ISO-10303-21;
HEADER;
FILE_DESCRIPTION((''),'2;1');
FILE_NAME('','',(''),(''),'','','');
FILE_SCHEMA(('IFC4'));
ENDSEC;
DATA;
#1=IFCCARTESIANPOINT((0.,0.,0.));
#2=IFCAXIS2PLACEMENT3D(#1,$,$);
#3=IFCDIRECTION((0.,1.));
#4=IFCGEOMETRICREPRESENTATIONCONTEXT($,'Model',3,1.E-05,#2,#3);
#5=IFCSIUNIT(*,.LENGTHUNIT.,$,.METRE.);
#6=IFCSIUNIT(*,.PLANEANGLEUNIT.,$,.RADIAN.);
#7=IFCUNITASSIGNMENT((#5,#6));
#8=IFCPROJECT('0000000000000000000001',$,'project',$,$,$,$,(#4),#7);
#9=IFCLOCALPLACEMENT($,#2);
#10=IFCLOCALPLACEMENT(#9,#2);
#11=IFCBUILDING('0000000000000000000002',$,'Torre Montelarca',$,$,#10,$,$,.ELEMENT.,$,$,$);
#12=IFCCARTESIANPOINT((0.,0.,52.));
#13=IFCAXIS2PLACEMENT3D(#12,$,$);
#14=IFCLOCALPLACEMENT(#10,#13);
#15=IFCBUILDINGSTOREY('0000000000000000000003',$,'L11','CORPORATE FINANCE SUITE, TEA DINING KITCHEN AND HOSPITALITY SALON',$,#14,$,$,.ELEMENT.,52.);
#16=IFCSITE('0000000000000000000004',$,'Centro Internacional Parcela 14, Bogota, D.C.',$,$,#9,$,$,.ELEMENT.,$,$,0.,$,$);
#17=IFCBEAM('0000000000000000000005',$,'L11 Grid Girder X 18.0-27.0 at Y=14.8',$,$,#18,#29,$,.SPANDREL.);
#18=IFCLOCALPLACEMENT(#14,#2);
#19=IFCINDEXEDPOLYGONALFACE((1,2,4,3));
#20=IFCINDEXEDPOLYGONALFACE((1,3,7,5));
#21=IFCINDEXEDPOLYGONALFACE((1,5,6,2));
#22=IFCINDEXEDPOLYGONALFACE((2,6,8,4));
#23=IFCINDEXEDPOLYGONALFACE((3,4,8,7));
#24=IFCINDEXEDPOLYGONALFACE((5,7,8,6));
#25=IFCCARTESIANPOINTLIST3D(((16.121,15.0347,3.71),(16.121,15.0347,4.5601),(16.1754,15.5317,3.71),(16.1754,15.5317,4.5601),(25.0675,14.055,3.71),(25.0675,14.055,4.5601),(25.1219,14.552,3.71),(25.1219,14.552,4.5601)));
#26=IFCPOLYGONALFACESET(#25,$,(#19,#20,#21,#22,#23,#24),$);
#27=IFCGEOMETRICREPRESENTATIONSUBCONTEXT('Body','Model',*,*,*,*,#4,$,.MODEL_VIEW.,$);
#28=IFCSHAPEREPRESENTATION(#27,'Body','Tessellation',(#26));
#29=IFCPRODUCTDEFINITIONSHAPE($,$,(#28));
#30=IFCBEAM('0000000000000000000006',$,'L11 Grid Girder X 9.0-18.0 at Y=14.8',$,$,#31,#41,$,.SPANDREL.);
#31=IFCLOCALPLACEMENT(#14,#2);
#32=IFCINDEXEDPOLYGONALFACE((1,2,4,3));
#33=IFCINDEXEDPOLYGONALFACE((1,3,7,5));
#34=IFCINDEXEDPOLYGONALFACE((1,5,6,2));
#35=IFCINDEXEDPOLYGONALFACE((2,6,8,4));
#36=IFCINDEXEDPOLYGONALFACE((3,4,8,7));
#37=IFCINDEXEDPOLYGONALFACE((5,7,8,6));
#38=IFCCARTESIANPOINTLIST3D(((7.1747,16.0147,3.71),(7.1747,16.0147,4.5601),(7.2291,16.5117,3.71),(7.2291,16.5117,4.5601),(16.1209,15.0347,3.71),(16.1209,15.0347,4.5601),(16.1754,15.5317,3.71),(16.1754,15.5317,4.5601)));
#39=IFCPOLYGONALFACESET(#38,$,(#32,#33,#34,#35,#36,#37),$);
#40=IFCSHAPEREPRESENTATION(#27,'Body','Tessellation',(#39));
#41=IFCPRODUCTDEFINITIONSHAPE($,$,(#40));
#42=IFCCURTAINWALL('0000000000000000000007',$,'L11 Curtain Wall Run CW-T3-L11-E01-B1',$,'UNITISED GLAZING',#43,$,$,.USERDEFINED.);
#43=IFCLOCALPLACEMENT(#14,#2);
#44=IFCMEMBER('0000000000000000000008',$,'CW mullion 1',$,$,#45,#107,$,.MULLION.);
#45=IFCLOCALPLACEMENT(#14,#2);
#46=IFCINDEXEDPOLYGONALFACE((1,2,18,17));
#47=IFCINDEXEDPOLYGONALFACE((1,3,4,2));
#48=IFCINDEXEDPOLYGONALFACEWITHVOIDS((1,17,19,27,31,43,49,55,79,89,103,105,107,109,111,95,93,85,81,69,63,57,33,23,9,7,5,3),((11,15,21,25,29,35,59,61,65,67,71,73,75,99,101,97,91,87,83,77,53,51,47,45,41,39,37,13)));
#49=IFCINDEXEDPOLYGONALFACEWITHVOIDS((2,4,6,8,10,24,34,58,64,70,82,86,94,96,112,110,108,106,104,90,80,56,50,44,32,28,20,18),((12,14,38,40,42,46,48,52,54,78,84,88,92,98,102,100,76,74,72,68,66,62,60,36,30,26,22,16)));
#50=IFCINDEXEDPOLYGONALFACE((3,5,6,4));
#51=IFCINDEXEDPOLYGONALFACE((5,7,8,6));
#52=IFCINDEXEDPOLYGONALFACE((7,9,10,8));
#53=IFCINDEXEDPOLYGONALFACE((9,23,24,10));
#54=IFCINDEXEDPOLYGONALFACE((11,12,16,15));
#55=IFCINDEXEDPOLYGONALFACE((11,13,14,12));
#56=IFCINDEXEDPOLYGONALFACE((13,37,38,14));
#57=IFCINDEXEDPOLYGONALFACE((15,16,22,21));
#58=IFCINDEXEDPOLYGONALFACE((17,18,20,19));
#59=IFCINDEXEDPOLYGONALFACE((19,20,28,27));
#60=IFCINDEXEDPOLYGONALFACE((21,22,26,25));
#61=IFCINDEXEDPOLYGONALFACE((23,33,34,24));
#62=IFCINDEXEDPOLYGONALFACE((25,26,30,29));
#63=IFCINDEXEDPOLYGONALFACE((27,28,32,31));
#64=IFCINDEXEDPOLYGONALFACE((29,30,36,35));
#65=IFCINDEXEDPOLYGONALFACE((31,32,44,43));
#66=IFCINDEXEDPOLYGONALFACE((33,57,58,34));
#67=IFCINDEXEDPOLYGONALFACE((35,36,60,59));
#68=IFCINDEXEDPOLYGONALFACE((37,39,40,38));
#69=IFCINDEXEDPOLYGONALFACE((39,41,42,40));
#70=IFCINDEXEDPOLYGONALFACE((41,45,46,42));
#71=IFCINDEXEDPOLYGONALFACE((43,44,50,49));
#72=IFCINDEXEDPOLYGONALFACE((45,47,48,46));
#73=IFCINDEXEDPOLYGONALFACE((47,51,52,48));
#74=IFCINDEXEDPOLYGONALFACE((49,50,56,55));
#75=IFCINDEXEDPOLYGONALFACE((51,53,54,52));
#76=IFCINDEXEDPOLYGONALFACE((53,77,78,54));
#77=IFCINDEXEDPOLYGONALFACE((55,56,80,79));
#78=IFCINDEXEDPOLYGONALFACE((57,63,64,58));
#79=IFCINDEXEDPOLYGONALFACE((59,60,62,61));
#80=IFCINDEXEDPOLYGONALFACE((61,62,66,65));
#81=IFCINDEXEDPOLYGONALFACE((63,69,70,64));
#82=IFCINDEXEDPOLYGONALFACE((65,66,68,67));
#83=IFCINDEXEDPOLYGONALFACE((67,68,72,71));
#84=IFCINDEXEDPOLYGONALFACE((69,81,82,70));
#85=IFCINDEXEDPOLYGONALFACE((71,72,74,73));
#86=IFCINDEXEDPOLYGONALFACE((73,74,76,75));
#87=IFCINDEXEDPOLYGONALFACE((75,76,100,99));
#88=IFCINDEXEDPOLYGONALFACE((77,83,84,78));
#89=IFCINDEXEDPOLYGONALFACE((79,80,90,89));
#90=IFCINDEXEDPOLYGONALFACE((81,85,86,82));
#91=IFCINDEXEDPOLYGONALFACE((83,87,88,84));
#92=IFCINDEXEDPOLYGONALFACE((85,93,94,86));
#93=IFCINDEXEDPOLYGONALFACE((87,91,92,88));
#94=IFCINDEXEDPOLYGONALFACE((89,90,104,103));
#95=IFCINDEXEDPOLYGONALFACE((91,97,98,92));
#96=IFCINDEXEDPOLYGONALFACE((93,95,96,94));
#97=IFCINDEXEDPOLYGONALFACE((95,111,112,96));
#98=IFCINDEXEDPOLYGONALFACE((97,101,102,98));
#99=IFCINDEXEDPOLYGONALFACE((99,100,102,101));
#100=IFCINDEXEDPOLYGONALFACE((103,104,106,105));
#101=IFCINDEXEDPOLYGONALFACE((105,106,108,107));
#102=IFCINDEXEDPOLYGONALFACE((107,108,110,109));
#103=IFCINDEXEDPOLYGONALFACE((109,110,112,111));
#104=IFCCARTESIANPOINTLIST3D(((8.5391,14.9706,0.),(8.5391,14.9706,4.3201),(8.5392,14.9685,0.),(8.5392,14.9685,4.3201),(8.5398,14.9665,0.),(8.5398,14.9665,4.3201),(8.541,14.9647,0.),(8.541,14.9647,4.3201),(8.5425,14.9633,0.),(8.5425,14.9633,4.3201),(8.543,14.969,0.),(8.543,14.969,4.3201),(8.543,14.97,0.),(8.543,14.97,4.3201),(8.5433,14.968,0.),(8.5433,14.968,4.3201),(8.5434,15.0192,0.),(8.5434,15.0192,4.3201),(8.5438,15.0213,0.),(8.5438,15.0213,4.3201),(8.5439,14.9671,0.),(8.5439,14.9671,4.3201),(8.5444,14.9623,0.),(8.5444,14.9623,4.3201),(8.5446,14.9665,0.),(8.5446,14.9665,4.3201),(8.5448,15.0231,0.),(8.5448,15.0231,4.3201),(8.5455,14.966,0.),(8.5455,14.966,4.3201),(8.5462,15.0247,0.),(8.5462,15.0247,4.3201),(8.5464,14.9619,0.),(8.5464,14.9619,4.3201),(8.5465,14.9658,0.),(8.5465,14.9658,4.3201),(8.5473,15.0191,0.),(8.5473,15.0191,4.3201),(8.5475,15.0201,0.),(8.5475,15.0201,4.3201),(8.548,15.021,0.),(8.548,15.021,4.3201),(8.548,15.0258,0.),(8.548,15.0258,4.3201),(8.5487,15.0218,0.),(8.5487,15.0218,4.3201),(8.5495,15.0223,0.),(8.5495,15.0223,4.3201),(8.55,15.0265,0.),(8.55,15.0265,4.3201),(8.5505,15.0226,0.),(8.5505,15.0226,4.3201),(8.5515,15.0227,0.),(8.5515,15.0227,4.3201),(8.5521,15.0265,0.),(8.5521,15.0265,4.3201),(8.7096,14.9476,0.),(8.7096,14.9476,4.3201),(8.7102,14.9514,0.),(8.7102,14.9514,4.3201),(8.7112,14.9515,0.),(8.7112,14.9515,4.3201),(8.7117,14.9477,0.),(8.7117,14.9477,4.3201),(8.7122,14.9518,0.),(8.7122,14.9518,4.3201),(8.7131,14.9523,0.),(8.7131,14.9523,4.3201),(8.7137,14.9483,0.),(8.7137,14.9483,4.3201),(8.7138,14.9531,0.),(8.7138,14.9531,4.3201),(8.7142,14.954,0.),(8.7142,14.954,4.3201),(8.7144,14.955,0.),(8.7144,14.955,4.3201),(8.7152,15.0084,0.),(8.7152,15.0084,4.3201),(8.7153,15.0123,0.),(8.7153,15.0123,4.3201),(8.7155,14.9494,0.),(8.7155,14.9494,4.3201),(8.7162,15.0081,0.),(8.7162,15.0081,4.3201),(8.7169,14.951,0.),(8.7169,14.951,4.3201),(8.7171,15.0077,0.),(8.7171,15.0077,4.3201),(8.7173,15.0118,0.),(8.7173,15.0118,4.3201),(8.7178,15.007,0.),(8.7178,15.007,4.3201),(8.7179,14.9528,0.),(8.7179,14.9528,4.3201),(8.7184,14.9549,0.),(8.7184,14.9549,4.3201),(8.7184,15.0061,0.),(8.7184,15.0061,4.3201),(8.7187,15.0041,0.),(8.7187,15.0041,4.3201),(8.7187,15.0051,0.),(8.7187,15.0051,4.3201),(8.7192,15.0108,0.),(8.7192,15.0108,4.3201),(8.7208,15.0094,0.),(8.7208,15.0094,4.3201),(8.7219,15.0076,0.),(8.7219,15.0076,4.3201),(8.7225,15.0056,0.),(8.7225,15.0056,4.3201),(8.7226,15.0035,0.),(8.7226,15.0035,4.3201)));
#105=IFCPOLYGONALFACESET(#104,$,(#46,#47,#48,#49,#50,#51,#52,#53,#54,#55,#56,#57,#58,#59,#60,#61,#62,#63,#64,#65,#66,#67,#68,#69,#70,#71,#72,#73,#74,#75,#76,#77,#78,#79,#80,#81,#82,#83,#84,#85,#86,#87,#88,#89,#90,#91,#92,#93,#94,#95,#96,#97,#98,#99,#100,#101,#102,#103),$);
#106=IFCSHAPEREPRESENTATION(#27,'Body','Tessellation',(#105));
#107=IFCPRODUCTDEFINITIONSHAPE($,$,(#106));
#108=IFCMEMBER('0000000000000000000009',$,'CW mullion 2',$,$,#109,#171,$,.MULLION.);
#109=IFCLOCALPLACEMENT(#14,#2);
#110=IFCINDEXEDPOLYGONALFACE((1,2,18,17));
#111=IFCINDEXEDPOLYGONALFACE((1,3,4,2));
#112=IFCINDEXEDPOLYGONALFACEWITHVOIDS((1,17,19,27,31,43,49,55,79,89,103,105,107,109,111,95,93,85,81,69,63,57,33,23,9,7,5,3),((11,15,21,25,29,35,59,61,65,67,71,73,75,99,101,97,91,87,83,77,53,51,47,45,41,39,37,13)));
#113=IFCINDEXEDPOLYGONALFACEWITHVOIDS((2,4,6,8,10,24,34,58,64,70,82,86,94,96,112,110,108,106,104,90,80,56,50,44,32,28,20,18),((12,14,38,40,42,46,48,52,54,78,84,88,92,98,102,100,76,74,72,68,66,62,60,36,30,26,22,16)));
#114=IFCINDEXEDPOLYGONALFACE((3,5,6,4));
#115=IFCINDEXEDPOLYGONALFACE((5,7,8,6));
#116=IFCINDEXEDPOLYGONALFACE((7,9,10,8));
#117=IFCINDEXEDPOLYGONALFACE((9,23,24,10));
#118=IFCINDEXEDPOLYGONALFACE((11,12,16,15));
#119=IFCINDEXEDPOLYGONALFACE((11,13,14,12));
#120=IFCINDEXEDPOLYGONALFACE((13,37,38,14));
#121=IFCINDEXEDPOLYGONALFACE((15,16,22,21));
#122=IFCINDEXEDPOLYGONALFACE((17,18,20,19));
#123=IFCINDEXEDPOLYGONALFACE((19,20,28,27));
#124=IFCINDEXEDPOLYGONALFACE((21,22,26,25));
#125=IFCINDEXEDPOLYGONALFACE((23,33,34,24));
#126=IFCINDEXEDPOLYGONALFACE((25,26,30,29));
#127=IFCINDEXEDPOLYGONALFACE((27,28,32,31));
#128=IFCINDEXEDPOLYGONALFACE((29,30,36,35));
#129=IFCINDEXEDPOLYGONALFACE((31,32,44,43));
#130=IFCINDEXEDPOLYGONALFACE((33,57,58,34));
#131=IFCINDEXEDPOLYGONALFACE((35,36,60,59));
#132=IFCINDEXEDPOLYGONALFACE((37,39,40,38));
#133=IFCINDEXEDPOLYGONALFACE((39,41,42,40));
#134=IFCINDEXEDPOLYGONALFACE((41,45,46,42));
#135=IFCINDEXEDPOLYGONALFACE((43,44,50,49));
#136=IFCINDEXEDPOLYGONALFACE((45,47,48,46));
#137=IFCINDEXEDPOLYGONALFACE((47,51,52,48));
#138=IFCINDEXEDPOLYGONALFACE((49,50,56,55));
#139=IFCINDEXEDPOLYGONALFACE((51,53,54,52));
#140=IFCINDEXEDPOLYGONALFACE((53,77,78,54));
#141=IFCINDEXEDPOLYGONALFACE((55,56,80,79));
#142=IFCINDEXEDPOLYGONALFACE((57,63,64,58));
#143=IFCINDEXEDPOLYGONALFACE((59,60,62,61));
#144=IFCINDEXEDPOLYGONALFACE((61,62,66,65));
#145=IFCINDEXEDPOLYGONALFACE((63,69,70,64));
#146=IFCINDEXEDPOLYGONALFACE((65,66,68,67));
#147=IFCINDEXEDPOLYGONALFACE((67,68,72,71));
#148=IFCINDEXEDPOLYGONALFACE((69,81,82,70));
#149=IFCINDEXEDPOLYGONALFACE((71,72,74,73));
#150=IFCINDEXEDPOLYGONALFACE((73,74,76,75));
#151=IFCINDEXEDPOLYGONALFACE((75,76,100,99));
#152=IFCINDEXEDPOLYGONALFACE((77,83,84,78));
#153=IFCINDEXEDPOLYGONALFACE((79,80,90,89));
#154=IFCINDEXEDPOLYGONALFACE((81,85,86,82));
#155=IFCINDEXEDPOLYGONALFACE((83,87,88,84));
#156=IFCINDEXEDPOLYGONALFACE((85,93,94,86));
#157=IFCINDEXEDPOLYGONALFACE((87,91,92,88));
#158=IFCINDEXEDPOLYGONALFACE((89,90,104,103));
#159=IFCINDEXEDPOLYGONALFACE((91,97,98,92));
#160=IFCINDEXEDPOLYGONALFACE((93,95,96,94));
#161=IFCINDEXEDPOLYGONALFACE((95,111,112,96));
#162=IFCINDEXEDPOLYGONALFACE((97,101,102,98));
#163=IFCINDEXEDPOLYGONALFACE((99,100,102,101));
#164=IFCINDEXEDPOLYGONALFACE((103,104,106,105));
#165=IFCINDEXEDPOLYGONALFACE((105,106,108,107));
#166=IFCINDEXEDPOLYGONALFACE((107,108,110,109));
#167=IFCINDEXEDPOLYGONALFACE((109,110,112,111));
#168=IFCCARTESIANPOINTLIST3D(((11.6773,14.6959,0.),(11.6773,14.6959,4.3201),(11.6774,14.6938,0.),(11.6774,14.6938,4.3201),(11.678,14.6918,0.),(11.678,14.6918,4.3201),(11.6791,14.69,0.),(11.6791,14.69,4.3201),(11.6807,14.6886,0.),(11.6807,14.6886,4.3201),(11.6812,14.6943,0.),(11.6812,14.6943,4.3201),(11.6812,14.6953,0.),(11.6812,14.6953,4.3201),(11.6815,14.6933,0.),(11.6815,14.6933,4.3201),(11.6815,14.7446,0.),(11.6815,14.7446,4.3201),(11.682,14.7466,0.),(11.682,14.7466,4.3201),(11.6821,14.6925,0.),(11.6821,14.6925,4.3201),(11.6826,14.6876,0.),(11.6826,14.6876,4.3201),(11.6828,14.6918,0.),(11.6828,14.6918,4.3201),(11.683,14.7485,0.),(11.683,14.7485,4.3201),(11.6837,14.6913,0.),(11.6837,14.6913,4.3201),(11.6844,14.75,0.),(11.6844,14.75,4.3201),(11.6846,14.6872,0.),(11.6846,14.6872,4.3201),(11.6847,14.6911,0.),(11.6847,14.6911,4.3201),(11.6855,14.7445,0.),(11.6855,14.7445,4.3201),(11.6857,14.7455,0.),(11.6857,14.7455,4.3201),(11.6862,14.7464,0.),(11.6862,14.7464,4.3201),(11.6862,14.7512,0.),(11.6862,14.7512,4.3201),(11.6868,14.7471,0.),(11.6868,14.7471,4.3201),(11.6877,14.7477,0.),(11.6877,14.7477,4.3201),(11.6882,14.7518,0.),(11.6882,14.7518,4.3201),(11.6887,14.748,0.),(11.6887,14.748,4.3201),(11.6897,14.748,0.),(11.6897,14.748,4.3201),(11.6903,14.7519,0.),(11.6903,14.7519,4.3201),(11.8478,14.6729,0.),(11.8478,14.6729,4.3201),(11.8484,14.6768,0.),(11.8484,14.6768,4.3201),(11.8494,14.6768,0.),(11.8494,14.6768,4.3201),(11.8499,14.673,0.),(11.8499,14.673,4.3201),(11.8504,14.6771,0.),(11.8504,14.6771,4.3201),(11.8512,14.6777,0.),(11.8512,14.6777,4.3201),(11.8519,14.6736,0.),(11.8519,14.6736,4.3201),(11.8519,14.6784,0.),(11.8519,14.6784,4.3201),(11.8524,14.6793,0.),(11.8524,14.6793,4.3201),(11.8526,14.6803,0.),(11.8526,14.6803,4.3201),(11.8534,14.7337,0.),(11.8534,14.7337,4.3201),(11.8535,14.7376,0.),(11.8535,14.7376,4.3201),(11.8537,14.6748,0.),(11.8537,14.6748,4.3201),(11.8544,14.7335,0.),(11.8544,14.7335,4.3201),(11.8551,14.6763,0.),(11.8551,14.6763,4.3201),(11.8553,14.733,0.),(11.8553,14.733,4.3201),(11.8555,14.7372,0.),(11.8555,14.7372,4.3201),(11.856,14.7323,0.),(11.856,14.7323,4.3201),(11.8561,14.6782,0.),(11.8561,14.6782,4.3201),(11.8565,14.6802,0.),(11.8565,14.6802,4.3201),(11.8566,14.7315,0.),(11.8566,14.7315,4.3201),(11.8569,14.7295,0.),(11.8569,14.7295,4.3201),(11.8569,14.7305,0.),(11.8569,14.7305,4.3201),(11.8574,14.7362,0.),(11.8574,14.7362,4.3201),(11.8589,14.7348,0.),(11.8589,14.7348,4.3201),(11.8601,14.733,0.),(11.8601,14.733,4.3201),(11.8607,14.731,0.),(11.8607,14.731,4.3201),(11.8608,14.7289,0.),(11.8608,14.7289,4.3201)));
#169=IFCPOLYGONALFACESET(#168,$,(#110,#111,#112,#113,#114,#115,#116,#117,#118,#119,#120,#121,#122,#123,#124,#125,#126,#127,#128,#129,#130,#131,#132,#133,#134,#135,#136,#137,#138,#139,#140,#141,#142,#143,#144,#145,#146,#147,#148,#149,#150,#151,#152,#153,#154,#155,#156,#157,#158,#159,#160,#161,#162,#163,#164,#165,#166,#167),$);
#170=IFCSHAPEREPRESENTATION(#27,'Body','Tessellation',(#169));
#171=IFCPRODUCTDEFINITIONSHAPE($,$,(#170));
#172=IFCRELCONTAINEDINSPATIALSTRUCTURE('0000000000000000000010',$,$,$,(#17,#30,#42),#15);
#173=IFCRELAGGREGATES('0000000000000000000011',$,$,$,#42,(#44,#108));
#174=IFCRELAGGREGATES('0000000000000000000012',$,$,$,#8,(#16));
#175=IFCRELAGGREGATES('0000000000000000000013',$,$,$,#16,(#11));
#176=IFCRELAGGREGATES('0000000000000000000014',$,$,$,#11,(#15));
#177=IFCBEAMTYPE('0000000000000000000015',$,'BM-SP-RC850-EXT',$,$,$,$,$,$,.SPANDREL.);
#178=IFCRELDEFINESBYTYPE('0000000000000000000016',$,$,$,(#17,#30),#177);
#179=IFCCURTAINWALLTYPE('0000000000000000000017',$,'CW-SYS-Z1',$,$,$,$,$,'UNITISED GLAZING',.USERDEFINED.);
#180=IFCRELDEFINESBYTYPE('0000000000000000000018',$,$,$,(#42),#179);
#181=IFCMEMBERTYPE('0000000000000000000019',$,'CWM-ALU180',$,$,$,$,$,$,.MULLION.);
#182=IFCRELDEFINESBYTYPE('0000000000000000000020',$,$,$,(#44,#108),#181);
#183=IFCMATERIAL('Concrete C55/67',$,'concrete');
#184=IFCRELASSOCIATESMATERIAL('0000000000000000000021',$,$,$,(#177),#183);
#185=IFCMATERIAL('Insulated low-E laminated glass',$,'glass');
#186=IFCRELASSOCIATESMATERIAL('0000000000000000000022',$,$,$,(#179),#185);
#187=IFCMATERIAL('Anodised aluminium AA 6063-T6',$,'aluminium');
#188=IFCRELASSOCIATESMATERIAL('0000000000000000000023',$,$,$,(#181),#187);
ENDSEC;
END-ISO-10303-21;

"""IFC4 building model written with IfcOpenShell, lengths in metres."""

from ifc_helpers import new_model, si_unit, direction, frame, origin, origin_2d, place, context, subcontext, project, spatial, rectangle, hollow_rectangle, extrude, source, transform, mapped, material, material_profile, profile_set, type_object, element, aggregate, save


model = new_model("IFC4")

# Units and contexts
model_context = context("Model", 3, precision=1e-05, world=origin(), true_north=direction((0.0, 1.0)))
body_context = subcontext(model_context, "Body", "Model", "MODEL_VIEW")
ifc_project = project(units=[si_unit("LENGTHUNIT", "METRE"), si_unit("PLANEANGLEUNIT", "RADIAN")], contexts=[model_context])

# Site, building, storey
site_placement = place(None, origin())
site = spatial("IfcSite", under=ifc_project, at=site_placement, Name="Centro Internacional Parcela 14, Bogota, D.C.", CompositionType="ELEMENT", RefElevation=0.0)
building_placement = place(site_placement, origin())
building = spatial("IfcBuilding", under=site, at=building_placement, Name="Torre Montelarca", CompositionType="ELEMENT")
storey_placement = place(building_placement, frame((0.0, 0.0, 52.0)))
storey = spatial("IfcBuildingStorey", under=building, at=storey_placement, Name="L11", Description="CORPORATE FINANCE SUITE, TEA DINING KITCHEN AND HOSPITALITY SALON", CompositionType="ELEMENT", Elevation=52.0)

# Beams
ifc_material_1 = material(Name="Concrete C55/67", Category="concrete")
ifc_material_profile_1 = material_profile(ifc_material_1, rectangle(XDim=0.5, YDim=0.8501, at=origin_2d()), Name="RCB500X850", Category="concrete")
ifc_profile_set_1 = profile_set([ifc_material_profile_1], Name="Concrete C55/67")
beam_type = type_object("IfcBeamType", Name="BM-SP-RC850-EXT", PredefinedType="SPANDREL", material=ifc_profile_set_1)
shared_shape_1 = source(origin(), body_context, "Body", "SweptSolid", [
    extrude(rectangle(XDim=0.5, YDim=0.8501, at=origin_2d()), origin(), (0.0, 0.0, 1.0), 9.0),
])
beam_1_placement = place(storey_placement, frame((16.1482, 15.2832, 4.135), z_axis=(0.994057, -0.108859, 0.0), x_axis=(0.108859, 0.994057, 0.0)))
element("IfcBeam", 1, at=beam_1_placement, inside=storey, type_object=beam_type, Name="L11 Grid Girder X 18.0-27.0 at Y=14.8", PredefinedType="SPANDREL", context=body_context, shape_type="MappedRepresentation", body=[
    mapped(shared_shape_1, transform((0.0, 0.0, 0.0), scale=1.0)),
])
shared_shape_2 = source(origin(), body_context, "Body", "SweptSolid", [
    extrude(rectangle(XDim=0.5, YDim=0.8501, at=origin_2d()), origin(), (0.0, 0.0, 1.0), 8.9998),
])
beam_2_placement = place(storey_placement, frame((7.2019, 16.2632, 4.135), z_axis=(0.994054, -0.108889, 0.0), x_axis=(0.108889, 0.994054, 0.0)))
element("IfcBeam", 2, at=beam_2_placement, inside=storey, type_object=beam_type, Name="L11 Grid Girder X 9.0-18.0 at Y=14.8", PredefinedType="SPANDREL", context=body_context, shape_type="MappedRepresentation", body=[
    mapped(shared_shape_2, transform((0.0, 0.0, 0.0), scale=1.0)),
])

# Curtain wall, members
ifc_material_2 = material(Name="Insulated low-E laminated glass", Category="glass")
curtain_wall_type = type_object("IfcCurtainWallType", Name="CW-SYS-Z1", ElementType="UNITISED GLAZING", PredefinedType="USERDEFINED", material=ifc_material_2)
curtain_wall_1_placement = place(storey_placement, origin())
curtain_wall_1 = element("IfcCurtainWall", 3, at=curtain_wall_1_placement, inside=storey, type_object=curtain_wall_type, Name="L11 Curtain Wall Run CW-T3-L11-E01-B1", ObjectType="UNITISED GLAZING", PredefinedType="USERDEFINED")
ifc_material_3 = material(Name="Anodised aluminium AA 6063-T6", Category="aluminium")
ifc_material_profile_2 = material_profile(ifc_material_3, hollow_rectangle(XDim=0.0649, YDim=0.1799, WallThickness=0.0039, InnerFilletRadius=0.0039, OuterFilletRadius=0.0081, at=origin_2d()), Name="ALU65X180X4", Category="aluminium")
ifc_profile_set_2 = profile_set([ifc_material_profile_2], Name="Anodised aluminium AA 6063-T6")
member_type_1 = type_object("IfcMemberType", Name="CWM-ALU180", PredefinedType="MULLION", material=ifc_profile_set_2)
shared_shape_3 = source(origin(), body_context, "Body", "SweptSolid", [
    extrude(hollow_rectangle(XDim=0.0649, YDim=0.1799, WallThickness=0.0039, InnerFilletRadius=0.0039, OuterFilletRadius=0.0081, at=origin_2d()), origin(), (0.0, 0.0, 1.0), 4.3201),
])
member_1_placement = place(storey_placement, frame((8.6309, 14.9871, 0.0), z_axis=(0.0, 0.0, 1.0), x_axis=(0.087156, 0.996195, 0.0)))
member_1 = element("IfcMember", 4, at=member_1_placement, type_object=member_type_1, Name="CW mullion 1", PredefinedType="MULLION", context=body_context, shape_type="MappedRepresentation", body=[
    mapped(shared_shape_3, transform((0.0, 0.0, 0.0), scale=1.0)),
])
member_2_placement = place(storey_placement, frame((11.769, 14.7124, 0.0), z_axis=(0.0, 0.0, 1.0), x_axis=(0.087156, 0.996195, 0.0)))
member_2 = element("IfcMember", 5, at=member_2_placement, type_object=member_type_1, Name="CW mullion 2", PredefinedType="MULLION", context=body_context, shape_type="MappedRepresentation", body=[
    mapped(shared_shape_3, transform((0.0, 0.0, 0.0), scale=1.0)),
])

aggregate(curtain_wall_1, [member_1, member_2])

save(model, "model.ifc")
